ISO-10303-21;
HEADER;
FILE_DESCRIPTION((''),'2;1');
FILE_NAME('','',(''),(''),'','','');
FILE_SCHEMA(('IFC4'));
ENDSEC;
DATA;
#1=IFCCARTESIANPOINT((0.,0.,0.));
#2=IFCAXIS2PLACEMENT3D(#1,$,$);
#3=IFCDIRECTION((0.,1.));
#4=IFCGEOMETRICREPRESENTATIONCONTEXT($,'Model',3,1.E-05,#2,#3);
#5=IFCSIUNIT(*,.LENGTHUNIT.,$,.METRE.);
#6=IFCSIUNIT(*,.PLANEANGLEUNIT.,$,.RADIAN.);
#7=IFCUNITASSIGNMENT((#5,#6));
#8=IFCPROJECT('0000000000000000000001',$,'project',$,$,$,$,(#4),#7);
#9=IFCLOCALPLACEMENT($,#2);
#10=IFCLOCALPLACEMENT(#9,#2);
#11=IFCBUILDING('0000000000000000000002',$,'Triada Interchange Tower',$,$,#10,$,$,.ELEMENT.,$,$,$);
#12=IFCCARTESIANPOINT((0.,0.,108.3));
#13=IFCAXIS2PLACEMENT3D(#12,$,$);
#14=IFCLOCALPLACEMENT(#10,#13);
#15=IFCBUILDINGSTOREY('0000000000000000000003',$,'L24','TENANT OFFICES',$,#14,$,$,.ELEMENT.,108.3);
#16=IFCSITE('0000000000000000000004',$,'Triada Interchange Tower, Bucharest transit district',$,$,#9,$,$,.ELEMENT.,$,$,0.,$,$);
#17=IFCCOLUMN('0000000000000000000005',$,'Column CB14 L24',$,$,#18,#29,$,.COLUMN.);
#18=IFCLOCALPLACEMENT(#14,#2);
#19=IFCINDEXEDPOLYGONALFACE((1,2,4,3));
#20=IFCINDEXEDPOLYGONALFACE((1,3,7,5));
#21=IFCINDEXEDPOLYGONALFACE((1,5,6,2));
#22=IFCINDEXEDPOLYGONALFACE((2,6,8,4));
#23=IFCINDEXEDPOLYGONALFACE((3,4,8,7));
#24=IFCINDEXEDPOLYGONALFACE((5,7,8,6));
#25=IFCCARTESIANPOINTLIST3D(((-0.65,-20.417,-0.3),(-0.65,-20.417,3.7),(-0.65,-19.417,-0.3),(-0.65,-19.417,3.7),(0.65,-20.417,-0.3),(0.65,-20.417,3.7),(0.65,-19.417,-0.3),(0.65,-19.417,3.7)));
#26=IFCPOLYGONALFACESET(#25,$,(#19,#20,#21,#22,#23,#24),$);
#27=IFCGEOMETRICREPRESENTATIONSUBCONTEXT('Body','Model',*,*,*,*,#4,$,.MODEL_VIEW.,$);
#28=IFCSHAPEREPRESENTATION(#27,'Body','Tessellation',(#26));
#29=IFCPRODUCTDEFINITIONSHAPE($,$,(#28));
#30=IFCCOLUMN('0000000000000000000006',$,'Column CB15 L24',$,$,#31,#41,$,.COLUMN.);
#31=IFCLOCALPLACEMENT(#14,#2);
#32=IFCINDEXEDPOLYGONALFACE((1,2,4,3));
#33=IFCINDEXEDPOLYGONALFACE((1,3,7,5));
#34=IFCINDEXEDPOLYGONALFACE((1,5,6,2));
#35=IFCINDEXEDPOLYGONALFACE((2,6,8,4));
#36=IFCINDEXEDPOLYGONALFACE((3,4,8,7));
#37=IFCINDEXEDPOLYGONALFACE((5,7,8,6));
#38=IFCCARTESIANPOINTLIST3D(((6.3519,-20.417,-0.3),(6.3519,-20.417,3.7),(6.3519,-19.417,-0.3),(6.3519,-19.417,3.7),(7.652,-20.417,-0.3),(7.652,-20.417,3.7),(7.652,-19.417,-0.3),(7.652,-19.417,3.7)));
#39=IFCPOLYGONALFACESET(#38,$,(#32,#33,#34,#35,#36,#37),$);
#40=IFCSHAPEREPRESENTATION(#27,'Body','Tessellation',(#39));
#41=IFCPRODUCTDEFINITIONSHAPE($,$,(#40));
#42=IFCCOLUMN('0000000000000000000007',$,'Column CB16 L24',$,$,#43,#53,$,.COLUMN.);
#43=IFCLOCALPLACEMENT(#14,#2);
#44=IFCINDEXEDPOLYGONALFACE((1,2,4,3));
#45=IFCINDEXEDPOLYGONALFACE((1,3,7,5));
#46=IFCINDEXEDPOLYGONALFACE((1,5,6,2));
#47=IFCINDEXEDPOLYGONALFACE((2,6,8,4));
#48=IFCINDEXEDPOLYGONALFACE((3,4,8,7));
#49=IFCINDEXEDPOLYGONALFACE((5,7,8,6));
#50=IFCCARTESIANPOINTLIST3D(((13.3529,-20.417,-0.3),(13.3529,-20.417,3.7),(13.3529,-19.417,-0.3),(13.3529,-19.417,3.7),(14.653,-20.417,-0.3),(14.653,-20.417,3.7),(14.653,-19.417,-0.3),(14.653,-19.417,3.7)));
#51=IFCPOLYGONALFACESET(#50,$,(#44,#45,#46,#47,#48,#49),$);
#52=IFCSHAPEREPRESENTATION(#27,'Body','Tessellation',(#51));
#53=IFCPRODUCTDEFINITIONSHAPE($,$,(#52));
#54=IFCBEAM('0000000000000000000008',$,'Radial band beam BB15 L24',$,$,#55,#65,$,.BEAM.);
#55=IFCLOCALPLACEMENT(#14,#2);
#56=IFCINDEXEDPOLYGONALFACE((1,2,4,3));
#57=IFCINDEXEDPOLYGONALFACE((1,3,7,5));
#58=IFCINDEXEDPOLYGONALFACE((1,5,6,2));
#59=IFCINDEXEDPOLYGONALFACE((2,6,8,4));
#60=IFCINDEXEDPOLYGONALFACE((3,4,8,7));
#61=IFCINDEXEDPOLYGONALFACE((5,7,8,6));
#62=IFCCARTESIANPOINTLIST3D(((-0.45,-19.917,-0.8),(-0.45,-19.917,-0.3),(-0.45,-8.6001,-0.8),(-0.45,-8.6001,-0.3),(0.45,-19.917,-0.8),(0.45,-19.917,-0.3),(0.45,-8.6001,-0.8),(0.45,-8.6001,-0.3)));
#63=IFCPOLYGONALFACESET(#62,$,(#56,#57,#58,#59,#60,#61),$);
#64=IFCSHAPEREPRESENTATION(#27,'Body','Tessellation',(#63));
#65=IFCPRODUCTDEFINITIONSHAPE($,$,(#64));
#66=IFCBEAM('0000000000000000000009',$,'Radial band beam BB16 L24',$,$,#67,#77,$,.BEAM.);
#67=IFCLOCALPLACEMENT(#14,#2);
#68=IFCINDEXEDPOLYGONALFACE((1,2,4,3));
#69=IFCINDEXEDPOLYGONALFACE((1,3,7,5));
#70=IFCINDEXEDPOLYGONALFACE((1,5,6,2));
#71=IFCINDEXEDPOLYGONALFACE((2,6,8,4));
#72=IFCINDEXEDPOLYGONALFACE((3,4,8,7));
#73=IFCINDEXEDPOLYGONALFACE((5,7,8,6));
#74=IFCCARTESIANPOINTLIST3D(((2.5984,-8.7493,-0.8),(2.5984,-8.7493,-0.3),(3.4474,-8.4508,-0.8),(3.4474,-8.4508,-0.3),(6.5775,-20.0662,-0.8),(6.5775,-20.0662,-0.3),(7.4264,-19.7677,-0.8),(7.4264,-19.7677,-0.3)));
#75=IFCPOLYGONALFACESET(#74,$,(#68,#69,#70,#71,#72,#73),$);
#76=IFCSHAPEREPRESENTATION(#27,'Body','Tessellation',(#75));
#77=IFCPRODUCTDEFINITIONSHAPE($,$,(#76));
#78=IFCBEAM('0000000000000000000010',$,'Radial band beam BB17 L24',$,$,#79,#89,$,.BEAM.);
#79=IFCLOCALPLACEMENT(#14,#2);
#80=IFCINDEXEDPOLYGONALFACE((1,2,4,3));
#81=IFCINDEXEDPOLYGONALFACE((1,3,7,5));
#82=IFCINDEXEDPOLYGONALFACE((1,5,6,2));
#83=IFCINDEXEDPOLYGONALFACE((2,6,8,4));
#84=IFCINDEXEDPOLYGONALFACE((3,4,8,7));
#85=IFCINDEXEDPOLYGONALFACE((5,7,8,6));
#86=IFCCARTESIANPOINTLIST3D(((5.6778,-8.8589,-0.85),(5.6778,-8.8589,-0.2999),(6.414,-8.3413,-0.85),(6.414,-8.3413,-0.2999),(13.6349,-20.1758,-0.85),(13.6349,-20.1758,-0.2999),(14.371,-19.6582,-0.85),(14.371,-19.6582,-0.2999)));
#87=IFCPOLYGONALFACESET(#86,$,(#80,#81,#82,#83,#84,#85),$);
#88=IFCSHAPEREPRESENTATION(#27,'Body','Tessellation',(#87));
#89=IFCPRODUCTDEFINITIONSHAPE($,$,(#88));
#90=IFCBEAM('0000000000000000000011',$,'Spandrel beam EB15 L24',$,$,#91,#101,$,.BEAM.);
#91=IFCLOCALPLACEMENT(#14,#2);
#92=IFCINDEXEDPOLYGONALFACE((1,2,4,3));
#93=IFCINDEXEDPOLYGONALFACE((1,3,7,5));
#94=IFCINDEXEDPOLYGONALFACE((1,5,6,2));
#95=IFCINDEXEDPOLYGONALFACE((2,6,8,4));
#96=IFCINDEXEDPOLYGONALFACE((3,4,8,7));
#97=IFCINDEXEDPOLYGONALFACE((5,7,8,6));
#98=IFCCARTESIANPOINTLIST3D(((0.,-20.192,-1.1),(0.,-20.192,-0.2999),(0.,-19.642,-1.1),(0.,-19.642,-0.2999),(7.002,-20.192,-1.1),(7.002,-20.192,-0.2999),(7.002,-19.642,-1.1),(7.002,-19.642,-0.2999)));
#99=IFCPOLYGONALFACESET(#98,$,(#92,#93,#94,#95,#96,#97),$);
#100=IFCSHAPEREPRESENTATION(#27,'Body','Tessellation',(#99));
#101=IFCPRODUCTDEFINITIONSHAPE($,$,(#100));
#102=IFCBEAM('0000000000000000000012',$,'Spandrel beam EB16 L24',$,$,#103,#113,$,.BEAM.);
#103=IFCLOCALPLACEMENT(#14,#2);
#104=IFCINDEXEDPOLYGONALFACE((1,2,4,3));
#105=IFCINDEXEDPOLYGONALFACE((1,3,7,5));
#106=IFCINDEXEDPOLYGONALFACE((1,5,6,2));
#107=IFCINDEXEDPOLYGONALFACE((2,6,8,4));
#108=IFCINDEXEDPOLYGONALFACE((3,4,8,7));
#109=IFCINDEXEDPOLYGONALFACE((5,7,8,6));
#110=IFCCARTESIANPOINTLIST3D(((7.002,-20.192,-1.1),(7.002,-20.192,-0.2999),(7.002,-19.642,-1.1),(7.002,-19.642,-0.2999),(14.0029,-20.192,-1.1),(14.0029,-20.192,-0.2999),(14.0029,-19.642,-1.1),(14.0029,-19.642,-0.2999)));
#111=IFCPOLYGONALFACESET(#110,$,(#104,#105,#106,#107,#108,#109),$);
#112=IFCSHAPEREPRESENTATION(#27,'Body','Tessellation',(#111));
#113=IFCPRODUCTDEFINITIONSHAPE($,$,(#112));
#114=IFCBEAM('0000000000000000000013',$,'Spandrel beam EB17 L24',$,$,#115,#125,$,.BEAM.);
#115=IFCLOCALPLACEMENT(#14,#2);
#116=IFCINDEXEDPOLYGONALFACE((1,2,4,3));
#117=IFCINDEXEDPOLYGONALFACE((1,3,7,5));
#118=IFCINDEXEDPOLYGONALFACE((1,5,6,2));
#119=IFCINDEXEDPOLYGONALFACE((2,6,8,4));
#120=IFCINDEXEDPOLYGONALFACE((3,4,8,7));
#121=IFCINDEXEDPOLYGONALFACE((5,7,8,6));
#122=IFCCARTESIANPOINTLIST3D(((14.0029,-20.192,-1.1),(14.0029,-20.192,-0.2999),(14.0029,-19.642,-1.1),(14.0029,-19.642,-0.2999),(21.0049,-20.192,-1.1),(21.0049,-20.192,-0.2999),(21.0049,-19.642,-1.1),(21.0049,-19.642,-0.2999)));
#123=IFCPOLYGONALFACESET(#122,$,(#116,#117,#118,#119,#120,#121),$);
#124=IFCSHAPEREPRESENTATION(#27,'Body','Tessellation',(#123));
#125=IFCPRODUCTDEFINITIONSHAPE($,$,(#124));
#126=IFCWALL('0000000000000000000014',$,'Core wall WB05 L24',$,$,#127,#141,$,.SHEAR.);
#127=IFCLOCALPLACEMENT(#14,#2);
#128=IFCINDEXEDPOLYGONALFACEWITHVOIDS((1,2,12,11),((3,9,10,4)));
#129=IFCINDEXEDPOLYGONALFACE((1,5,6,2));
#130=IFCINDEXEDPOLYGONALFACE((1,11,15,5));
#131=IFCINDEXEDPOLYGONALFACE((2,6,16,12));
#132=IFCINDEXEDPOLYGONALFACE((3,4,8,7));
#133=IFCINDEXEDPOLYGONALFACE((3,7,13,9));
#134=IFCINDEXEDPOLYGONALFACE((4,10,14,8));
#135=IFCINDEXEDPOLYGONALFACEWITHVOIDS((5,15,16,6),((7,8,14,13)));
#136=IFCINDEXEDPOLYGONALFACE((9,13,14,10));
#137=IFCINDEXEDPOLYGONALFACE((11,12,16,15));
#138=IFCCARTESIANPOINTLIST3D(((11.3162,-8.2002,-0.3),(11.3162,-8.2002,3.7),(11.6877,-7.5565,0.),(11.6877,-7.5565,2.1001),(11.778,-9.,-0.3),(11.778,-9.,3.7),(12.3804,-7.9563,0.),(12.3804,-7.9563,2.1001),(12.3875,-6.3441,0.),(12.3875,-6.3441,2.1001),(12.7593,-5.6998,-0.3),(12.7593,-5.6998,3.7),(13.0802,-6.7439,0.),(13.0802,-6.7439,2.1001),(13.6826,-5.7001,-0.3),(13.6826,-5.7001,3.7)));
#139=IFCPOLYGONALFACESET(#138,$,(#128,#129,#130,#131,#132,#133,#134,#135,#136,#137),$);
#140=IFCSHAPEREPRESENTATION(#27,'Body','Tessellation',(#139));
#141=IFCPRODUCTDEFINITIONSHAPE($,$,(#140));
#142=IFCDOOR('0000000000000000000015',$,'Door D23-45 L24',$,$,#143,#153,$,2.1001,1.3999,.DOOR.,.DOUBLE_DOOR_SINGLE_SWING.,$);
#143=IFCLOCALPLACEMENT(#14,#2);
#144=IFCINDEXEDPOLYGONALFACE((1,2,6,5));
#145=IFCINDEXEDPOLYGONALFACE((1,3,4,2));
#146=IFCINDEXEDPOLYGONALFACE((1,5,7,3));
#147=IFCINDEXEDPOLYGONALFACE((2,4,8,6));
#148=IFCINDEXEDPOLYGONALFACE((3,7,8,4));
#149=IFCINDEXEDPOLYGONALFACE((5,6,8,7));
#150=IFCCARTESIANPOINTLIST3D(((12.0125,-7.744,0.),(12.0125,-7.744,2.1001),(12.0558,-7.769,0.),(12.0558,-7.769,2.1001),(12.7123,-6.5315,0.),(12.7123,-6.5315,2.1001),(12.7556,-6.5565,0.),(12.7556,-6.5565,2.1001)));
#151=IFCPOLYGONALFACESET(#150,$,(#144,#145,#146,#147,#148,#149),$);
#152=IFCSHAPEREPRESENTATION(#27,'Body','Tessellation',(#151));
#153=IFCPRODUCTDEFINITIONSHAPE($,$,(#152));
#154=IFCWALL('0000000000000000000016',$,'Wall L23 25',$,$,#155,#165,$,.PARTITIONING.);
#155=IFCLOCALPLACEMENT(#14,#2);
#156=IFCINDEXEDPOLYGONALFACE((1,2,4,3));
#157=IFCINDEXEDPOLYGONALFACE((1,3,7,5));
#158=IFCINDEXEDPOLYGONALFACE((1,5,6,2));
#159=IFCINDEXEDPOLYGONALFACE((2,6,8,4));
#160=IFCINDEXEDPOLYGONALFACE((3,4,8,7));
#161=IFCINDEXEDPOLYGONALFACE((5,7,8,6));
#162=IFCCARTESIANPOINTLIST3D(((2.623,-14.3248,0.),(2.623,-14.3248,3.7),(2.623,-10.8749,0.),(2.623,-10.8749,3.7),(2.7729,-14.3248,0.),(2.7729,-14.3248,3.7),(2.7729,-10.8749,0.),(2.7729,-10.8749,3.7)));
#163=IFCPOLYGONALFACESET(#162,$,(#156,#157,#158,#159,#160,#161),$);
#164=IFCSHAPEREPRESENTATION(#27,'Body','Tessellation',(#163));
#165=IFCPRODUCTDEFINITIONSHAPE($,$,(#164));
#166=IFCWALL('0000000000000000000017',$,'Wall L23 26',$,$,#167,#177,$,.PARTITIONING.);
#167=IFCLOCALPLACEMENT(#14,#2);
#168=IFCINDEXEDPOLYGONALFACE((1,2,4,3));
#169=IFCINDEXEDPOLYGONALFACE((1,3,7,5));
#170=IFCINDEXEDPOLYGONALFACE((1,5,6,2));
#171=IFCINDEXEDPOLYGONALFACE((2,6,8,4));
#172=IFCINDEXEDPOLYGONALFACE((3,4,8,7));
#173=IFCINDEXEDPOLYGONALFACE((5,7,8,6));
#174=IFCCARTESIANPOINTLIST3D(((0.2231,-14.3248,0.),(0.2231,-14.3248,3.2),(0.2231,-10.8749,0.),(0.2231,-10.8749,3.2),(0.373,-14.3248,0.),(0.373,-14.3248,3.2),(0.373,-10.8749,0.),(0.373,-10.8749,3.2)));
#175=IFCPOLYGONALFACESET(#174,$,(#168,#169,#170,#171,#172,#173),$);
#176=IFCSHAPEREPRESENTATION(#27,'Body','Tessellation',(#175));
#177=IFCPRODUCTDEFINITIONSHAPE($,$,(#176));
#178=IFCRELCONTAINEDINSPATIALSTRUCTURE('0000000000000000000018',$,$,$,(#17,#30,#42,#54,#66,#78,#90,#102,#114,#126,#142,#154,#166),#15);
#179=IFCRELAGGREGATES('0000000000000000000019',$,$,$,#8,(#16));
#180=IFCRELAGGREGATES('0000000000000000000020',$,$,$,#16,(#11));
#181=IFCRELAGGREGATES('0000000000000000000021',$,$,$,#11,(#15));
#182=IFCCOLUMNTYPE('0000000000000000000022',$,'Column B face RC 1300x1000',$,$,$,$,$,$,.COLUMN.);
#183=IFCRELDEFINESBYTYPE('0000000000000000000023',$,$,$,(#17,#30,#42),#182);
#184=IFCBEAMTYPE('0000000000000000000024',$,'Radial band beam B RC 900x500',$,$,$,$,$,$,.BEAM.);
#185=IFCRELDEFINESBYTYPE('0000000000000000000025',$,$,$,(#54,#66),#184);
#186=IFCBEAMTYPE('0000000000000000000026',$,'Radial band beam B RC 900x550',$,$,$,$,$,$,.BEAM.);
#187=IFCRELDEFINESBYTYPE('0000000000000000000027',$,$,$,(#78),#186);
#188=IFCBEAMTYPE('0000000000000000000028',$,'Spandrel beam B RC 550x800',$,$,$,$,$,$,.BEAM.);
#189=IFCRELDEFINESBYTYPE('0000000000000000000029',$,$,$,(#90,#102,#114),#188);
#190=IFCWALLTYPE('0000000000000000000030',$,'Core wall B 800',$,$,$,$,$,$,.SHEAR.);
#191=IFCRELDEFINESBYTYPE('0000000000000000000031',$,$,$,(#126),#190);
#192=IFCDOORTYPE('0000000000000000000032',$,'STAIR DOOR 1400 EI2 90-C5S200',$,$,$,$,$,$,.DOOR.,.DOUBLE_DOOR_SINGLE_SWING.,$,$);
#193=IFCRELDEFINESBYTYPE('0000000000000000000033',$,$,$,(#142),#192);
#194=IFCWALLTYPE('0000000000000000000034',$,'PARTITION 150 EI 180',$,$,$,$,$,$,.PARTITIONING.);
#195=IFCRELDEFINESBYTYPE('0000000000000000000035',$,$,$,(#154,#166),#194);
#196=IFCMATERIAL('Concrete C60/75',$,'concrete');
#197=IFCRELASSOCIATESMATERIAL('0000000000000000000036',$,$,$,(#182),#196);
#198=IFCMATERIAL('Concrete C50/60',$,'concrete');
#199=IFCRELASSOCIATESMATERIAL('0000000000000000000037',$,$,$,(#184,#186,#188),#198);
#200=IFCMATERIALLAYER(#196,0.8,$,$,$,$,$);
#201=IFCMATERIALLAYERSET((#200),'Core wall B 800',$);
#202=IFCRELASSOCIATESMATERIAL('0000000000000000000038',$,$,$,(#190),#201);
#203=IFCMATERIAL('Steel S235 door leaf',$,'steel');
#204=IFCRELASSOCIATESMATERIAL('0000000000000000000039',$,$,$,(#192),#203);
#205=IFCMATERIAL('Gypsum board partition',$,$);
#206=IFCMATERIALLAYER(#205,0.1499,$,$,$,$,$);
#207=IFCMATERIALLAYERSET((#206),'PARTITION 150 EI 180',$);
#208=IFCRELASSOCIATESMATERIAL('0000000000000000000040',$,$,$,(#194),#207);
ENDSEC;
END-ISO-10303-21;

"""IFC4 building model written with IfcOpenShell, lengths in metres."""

from ifc_helpers import new_model, si_unit, direction, frame, frame_2d, origin, origin_2d, place, context, subcontext, project, spatial, polyline, rectangle, outline, extrude, material, layer, layer_set, material_profile, profile_set, type_object, element, fill, save


model = new_model("IFC4")

# Units and contexts
model_context = context("Model", 3, precision=1e-05, world=origin(), true_north=direction((0.0, 1.0)))
body_context = subcontext(model_context, "Body", "Model", "MODEL_VIEW")
ifc_project = project(units=[si_unit("LENGTHUNIT", "METRE"), si_unit("PLANEANGLEUNIT", "RADIAN")], contexts=[model_context])

# Site, building, storey
site_placement = place(None, origin())
site = spatial("IfcSite", under=ifc_project, at=site_placement, Name="Triada Interchange Tower, Bucharest transit district", CompositionType="ELEMENT", RefElevation=0.0)
building_placement = place(site_placement, origin())
building = spatial("IfcBuilding", under=site, at=building_placement, Name="Triada Interchange Tower", CompositionType="ELEMENT")
storey_placement = place(building_placement, frame((0.0, 0.0, 108.3)))
storey = spatial("IfcBuildingStorey", under=building, at=storey_placement, Name="L24", Description="TENANT OFFICES", CompositionType="ELEMENT", Elevation=108.3)

# Columns
ifc_material_1 = material(Name="Concrete C60/75", Category="concrete")
ifc_material_profile_1 = material_profile(ifc_material_1, rectangle(XDim=1.3, YDim=1.0, at=origin_2d()), Name="RC 1300x1000")
ifc_profile_set_1 = profile_set([ifc_material_profile_1], Name="Concrete C60/75")
column_type = type_object("IfcColumnType", Name="Column B face RC 1300x1000", PredefinedType="COLUMN", material=ifc_profile_set_1)
for number, where, z_axis, x_axis, name in (
    (1, (0.0, -19.917, -0.3), (0.0, 0.0, 1.0), (1.0, 0.0, 0.0), "Column CB14 L24"),
    (2, (7.002, -19.917, -0.3), (0.0, 0.0, 1.0), (1.0, 0.0, 0.0), "Column CB15 L24"),
    (3, (14.0029, -19.917, -0.3), (0.0, 0.0, 1.0), (1.0, 0.0, 0.0), "Column CB16 L24"),
):
    element("IfcColumn", number, at=place(storey_placement, frame(where, z_axis=z_axis, x_axis=x_axis)), inside=storey, type_object=column_type, Name=name, PredefinedType="COLUMN", context=body_context, shape_type="SweptSolid", body=[
        extrude(rectangle(XDim=1.3, YDim=1.0, at=origin_2d()), origin(), (0.0, 0.0, 1.0), 4.0),
    ])

# Beams
ifc_material_2 = material(Name="Concrete C50/60", Category="concrete")
ifc_material_profile_2 = material_profile(ifc_material_2, rectangle(XDim=0.8999, YDim=0.5, at=origin_2d()), Name="RC 900x500")
ifc_profile_set_2 = profile_set([ifc_material_profile_2], Name="Concrete C50/60")
beam_type_1 = type_object("IfcBeamType", Name="Radial band beam B RC 900x500", PredefinedType="BEAM", material=ifc_profile_set_2)
beam_1_placement = place(storey_placement, frame((0.0, -19.917, -0.55), z_axis=(0.0, 1.0, 0.0), x_axis=(-1.0, 0.0, 0.0)))
element("IfcBeam", 4, at=beam_1_placement, inside=storey, type_object=beam_type_1, Name="Radial band beam BB15 L24", PredefinedType="BEAM", context=body_context, shape_type="SweptSolid", body=[
    extrude(rectangle(XDim=0.8999, YDim=0.5, at=origin_2d()), origin(), (0.0, 0.0, 1.0), 11.3169),
])
beam_2_placement = place(storey_placement, frame((7.002, -19.917, -0.55), z_axis=(-0.331694, 0.943387, 0.0), x_axis=(-0.943387, -0.331694, 0.0)))
element("IfcBeam", 5, at=beam_2_placement, inside=storey, type_object=beam_type_1, Name="Radial band beam BB16 L24", PredefinedType="BEAM", context=body_context, shape_type="SweptSolid", body=[
    extrude(rectangle(XDim=0.8999, YDim=0.5, at=origin_2d()), origin(), (0.0, 0.0, 1.0), 11.9961),
])
ifc_material_profile_3 = material_profile(ifc_material_2, rectangle(XDim=0.8999, YDim=0.55, at=origin_2d()), Name="RC 900x550")
ifc_profile_set_3 = profile_set([ifc_material_profile_3], Name="Concrete C50/60")
beam_type_2 = type_object("IfcBeamType", Name="Radial band beam B RC 900x550", PredefinedType="BEAM", material=ifc_profile_set_3)
beam_3_placement = place(storey_placement, frame((14.0029, -19.917, -0.575), z_axis=(-0.575169, 0.818035, 0.0), x_axis=(-0.818035, -0.575169, 0.0)))
element("IfcBeam", 6, at=beam_3_placement, inside=storey, type_object=beam_type_2, Name="Radial band beam BB17 L24", PredefinedType="BEAM", context=body_context, shape_type="SweptSolid", body=[
    extrude(rectangle(XDim=0.8999, YDim=0.55, at=origin_2d()), origin(), (0.0, 0.0, 1.0), 13.8342),
])
ifc_material_profile_4 = material_profile(ifc_material_2, rectangle(XDim=0.55, YDim=0.8, at=origin_2d()), Name="RC 550x800")
ifc_profile_set_4 = profile_set([ifc_material_profile_4], Name="Concrete C50/60")
beam_type_3 = type_object("IfcBeamType", Name="Spandrel beam B RC 550x800", PredefinedType="BEAM", material=ifc_profile_set_4)
beam_4_placement = place(storey_placement, frame((0.0, -19.917, -0.7), z_axis=(1.0, 0.0, 0.0), x_axis=(0.0, 1.0, 0.0)))
element("IfcBeam", 7, at=beam_4_placement, inside=storey, type_object=beam_type_3, Name="Spandrel beam EB15 L24", PredefinedType="BEAM", context=body_context, shape_type="SweptSolid", body=[
    extrude(rectangle(XDim=0.55, YDim=0.8, at=origin_2d()), origin(), (0.0, 0.0, 1.0), 7.002),
])
beam_5_placement = place(storey_placement, frame((7.002, -19.917, -0.7), z_axis=(1.0, 0.0, 0.0), x_axis=(0.0, 1.0, 0.0)))
element("IfcBeam", 8, at=beam_5_placement, inside=storey, type_object=beam_type_3, Name="Spandrel beam EB16 L24", PredefinedType="BEAM", context=body_context, shape_type="SweptSolid", body=[
    extrude(rectangle(XDim=0.55, YDim=0.8, at=origin_2d()), origin(), (0.0, 0.0, 1.0), 7.001),
])
beam_6_placement = place(storey_placement, frame((14.0029, -19.917, -0.7), z_axis=(1.0, 0.0, 0.0), x_axis=(0.0, 1.0, 0.0)))
element("IfcBeam", 9, at=beam_6_placement, inside=storey, type_object=beam_type_3, Name="Spandrel beam EB17 L24", PredefinedType="BEAM", context=body_context, shape_type="SweptSolid", body=[
    extrude(rectangle(XDim=0.55, YDim=0.8, at=origin_2d()), origin(), (0.0, 0.0, 1.0), 7.002),
])

# Wall, opening, door
ifc_layer_1 = layer(ifc_material_1, 0.8)
ifc_layer_set_1 = layer_set([ifc_layer_1], Name="Core wall B 800")
wall_type_1 = type_object("IfcWallType", Name="Core wall B 800", PredefinedType="SHEAR", material=ifc_layer_set_1)
wall_1_placement = place(storey_placement, frame((11.5471, -8.6001, -0.3), z_axis=(0.0, 0.0, 1.0), x_axis=(0.499872, 0.866099, 0.0)))
wall_1 = element("IfcWall", 10, at=wall_1_placement, inside=storey, type_object=wall_type_1, Name="Core wall WB05 L24", PredefinedType="SHEAR", context=body_context, shape_type="SweptSolid", body=[
    extrude(outline(polyline([(-0.231, -0.3999), (1.6741, -0.3999), (3.5791, -0.3999), (3.1179, 0.3999), (1.6743, 0.3999), (0.231, 0.3999), (-0.231, -0.3999)])), origin(), (0.0, 0.0, 1.0), 4.0),
])
opening_placement = place(wall_1_placement, frame((0.9741, 0.0, 0.3)))
opening = element("IfcOpeningElement", 11, at=opening_placement, cuts=wall_1, PredefinedType="OPENING", context=body_context, shape_type="SweptSolid", body=[
    extrude(rectangle(XDim=1.3999, YDim=2.1001, at=frame_2d((0.7, 1.05))), frame((0.0, 0.4099, 0.0), z_axis=(0.0, -1.0, 0.0), x_axis=(1.0, 0.0, 0.0)), (0.0, 0.0, 1.0), 0.8201),
])
ifc_material_3 = material(Name="Steel S235 door leaf", Category="steel")
door_type = type_object("IfcDoorType", Name="STAIR DOOR 1400 EI2 90-C5S200", OperationType="DOUBLE_DOOR_SINGLE_SWING", PredefinedType="DOOR", material=ifc_material_3)
door_placement = place(opening_placement, origin())
door = element("IfcDoor", 12, at=door_placement, inside=storey, type_object=door_type, Name="Door D23-45 L24", OperationType="DOUBLE_DOOR_SINGLE_SWING", OverallHeight=2.1001, OverallWidth=1.3999, PredefinedType="DOOR", context=body_context, shape_type="SweptSolid", body=[
    extrude(rectangle(XDim=1.3999, YDim=2.1001, at=frame_2d((0.7, 1.05))), frame((0.0, 0.0249, 0.0), z_axis=(0.0, -1.0, 0.0), x_axis=(1.0, 0.0, 0.0)), (0.0, 0.0, 1.0), 0.05),
])
fill(opening, door)

# Walls
ifc_material_4 = material(Name="Gypsum board partition")
ifc_layer_2 = layer(ifc_material_4, 0.1499)
ifc_layer_set_2 = layer_set([ifc_layer_2], Name="PARTITION 150 EI 180")
wall_type_2 = type_object("IfcWallType", Name="PARTITION 150 EI 180", PredefinedType="PARTITIONING", material=ifc_layer_set_2)
wall_2_placement = place(storey_placement, frame((2.698, -14.325, 0.0), z_axis=(0.0, 0.0, 1.0), x_axis=(0.0, 1.0, 0.0)))
element("IfcWall", 13, at=wall_2_placement, inside=storey, type_object=wall_type_2, Name="Wall L23 25", PredefinedType="PARTITIONING", context=body_context, shape_type="SweptSolid", body=[
    extrude(rectangle(XDim=3.45, YDim=0.1499, at=frame_2d((1.7251, 0.0))), origin(), (0.0, 0.0, 1.0), 3.7),
])
wall_3_placement = place(storey_placement, frame((0.2981, -14.325, 0.0), z_axis=(0.0, 0.0, 1.0), x_axis=(0.0, 1.0, 0.0)))
element("IfcWall", 14, at=wall_3_placement, inside=storey, type_object=wall_type_2, Name="Wall L23 26", PredefinedType="PARTITIONING", context=body_context, shape_type="SweptSolid", body=[
    extrude(rectangle(XDim=3.45, YDim=0.1499, at=frame_2d((1.7251, 0.0))), origin(), (0.0, 0.0, 1.0), 3.2),
])

save(model, "model.ifc")
